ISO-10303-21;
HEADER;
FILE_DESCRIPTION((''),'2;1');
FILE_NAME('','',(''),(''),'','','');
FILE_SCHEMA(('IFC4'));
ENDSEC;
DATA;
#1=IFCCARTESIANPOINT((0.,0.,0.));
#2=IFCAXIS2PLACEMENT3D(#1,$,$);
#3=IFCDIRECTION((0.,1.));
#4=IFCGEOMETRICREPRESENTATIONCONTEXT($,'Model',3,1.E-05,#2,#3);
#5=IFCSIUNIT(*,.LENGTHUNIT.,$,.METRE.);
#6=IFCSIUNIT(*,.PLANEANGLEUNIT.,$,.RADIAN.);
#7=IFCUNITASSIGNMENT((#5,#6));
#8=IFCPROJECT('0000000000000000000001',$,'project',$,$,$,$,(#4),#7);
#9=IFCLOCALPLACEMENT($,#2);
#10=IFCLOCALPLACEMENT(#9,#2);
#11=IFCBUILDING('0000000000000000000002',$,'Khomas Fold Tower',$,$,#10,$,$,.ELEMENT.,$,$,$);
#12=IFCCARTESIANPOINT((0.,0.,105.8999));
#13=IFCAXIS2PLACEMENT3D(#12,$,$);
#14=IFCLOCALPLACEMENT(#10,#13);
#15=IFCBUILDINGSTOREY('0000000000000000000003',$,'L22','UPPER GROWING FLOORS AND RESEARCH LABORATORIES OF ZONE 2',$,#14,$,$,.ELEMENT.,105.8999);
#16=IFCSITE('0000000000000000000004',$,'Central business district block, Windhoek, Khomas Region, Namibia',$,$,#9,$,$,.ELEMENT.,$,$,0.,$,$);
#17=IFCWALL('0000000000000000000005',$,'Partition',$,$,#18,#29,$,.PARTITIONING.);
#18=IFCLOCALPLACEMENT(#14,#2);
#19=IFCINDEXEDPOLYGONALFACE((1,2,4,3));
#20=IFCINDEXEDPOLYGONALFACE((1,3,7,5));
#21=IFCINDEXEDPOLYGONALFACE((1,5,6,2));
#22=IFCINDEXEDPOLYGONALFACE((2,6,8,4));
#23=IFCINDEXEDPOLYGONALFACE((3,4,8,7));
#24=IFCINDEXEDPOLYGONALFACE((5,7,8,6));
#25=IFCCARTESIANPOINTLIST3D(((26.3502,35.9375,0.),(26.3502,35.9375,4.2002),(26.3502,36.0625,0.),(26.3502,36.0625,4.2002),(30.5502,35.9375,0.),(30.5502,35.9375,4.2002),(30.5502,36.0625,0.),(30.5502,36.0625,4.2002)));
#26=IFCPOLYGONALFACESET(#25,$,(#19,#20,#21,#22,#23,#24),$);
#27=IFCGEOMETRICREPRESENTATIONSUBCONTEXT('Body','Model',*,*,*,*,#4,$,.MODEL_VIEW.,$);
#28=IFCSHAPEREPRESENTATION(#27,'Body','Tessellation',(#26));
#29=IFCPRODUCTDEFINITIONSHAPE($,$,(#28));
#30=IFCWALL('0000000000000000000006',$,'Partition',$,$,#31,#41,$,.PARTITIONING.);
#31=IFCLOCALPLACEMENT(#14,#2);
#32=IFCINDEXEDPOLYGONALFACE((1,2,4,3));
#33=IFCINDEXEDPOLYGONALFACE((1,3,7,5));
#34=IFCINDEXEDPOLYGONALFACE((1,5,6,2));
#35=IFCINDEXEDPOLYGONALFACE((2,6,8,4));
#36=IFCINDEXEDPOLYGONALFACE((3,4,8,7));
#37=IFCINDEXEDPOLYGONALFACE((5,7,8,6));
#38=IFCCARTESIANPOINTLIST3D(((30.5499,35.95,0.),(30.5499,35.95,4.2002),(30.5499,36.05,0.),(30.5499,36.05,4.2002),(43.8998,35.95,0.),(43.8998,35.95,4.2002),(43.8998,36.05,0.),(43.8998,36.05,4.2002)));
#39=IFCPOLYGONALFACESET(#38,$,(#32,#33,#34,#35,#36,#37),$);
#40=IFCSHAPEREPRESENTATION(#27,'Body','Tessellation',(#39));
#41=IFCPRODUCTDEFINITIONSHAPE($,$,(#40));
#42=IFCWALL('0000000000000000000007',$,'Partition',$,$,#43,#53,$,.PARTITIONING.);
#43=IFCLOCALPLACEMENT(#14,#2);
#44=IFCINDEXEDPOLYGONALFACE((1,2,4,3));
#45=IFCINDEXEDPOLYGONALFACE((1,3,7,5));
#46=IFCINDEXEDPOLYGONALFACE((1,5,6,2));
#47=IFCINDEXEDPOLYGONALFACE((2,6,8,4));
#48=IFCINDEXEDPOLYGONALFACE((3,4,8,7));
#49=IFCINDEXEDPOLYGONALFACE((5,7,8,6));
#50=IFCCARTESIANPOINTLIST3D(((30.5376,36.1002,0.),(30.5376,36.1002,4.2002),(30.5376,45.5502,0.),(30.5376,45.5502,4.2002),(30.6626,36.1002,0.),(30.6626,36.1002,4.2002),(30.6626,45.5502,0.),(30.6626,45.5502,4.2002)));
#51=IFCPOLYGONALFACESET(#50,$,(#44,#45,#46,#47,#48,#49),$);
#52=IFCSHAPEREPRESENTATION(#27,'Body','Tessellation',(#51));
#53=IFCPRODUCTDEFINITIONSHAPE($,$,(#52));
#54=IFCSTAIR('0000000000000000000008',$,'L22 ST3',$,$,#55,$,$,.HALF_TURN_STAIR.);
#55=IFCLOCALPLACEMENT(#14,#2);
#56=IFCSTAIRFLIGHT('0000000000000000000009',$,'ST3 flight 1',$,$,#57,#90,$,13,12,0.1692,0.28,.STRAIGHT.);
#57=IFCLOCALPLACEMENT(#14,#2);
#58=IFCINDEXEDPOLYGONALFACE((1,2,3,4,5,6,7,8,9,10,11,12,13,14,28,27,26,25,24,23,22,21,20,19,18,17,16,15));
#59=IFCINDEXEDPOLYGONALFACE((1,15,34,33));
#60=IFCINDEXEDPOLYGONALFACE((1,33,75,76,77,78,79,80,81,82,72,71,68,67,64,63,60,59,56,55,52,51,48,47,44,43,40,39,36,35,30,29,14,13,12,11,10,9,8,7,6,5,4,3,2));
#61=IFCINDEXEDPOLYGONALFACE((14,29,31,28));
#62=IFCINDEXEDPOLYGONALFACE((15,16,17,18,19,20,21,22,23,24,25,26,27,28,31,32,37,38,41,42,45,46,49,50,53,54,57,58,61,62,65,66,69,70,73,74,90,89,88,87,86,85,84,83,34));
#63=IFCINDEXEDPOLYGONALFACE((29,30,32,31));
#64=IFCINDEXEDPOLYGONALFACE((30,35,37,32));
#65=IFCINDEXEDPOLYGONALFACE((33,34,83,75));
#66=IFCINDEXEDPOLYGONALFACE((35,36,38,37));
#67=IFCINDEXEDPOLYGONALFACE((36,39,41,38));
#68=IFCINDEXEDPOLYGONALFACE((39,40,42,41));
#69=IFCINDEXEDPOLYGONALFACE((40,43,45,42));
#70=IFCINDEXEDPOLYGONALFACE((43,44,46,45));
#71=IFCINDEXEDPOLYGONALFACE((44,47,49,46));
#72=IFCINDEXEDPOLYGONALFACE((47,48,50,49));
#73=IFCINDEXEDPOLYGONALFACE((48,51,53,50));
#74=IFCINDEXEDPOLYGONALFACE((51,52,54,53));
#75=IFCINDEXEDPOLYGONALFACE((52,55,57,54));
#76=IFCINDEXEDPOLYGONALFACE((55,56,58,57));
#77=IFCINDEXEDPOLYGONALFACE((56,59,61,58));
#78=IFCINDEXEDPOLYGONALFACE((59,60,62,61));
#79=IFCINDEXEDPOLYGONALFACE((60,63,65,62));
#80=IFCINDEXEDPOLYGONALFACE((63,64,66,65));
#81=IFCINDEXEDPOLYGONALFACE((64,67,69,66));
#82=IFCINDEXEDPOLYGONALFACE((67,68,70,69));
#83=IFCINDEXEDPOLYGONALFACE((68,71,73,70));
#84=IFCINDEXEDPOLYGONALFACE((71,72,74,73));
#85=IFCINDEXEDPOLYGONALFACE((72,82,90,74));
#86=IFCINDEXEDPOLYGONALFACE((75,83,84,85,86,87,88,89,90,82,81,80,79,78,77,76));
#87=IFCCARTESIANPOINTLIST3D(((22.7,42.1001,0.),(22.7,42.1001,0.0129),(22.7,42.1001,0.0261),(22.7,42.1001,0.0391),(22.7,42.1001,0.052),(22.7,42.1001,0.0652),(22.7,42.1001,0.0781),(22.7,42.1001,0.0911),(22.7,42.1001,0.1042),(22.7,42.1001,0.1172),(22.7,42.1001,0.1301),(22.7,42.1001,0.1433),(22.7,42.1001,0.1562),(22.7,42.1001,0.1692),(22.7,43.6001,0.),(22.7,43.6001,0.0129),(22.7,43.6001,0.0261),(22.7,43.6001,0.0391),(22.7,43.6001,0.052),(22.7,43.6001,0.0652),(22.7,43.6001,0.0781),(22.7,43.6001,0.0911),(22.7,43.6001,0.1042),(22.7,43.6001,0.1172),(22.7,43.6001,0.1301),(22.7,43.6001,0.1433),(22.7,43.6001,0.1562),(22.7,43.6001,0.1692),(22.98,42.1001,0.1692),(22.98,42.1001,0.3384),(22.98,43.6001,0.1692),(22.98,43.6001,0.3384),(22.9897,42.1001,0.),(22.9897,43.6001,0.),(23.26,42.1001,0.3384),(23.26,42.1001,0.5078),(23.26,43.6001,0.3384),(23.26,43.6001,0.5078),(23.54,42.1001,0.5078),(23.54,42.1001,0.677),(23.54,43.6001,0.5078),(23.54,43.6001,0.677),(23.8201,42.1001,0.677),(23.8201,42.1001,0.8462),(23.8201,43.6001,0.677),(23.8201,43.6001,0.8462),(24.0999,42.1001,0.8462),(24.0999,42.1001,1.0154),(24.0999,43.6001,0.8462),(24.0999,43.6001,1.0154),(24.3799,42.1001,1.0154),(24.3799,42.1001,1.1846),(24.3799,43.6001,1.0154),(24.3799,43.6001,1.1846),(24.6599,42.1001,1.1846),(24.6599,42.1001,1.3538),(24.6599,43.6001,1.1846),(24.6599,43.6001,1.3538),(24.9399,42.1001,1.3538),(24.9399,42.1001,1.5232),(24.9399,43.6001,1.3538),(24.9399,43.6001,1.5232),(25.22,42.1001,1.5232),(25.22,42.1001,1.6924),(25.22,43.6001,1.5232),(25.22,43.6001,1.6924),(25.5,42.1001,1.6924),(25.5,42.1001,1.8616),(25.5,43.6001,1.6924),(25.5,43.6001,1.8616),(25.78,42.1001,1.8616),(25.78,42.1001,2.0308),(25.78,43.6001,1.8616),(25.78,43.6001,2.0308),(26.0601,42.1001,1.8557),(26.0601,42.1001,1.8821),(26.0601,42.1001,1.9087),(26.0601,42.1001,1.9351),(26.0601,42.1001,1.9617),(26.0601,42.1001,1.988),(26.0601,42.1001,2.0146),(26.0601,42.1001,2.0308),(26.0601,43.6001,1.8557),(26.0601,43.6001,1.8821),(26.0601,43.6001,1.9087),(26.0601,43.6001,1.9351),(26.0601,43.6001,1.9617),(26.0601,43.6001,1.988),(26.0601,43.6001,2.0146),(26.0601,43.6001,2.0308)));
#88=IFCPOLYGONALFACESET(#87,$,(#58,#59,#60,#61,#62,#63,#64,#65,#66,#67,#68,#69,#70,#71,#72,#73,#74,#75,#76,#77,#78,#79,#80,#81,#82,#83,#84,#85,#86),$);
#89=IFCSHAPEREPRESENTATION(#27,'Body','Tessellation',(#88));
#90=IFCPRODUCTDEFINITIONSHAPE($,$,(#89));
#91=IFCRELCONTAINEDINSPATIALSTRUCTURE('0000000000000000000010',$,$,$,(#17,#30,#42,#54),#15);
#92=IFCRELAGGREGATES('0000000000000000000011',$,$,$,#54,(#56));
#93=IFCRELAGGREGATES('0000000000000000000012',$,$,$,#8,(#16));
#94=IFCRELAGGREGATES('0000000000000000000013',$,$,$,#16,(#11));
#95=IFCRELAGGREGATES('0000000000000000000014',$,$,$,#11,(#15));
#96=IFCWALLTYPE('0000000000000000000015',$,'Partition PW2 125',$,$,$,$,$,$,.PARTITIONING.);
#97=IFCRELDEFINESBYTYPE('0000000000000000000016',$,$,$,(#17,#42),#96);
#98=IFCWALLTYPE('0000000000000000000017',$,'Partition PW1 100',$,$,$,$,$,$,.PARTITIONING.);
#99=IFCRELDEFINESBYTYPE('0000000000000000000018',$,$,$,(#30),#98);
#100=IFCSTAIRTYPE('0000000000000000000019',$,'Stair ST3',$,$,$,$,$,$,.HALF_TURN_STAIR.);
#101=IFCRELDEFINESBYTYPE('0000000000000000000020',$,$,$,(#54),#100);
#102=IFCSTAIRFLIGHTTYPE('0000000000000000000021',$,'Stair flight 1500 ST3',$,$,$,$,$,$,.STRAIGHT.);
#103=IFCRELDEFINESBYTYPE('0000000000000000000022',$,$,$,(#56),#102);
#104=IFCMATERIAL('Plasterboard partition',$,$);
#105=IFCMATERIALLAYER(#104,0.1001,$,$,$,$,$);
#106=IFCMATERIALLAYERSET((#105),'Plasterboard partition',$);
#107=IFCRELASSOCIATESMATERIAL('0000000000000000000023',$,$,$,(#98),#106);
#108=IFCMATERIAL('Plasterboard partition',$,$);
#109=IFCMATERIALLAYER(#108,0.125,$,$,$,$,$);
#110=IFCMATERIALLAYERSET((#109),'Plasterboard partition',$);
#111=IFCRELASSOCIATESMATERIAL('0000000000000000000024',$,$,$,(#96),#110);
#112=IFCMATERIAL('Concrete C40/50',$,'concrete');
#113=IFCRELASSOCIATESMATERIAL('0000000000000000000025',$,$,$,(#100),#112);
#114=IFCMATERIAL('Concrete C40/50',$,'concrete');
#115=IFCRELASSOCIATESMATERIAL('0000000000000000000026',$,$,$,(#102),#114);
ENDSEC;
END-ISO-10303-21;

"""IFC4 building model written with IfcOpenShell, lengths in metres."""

from ifc_helpers import new_model, si_unit, direction, frame, frame_2d, origin, place, context, subcontext, project, spatial, polyline, rectangle, outline, extrude, source, transform, mapped, material, layer, layer_set, type_object, element, aggregate, save


model = new_model("IFC4")

# Units and contexts
model_context = context("Model", 3, precision=1e-05, world=origin(), true_north=direction((0.0, 1.0)))
body_context = subcontext(model_context, "Body", "Model", "MODEL_VIEW")
ifc_project = project(units=[si_unit("LENGTHUNIT", "METRE"), si_unit("PLANEANGLEUNIT", "RADIAN")], contexts=[model_context])

# Site, building, storey
site_placement = place(None, origin())
site = spatial("IfcSite", under=ifc_project, at=site_placement, Name="Central business district block, Windhoek, Khomas Region, Namibia", CompositionType="ELEMENT", RefElevation=0.0)
building_placement = place(site_placement, origin())
building = spatial("IfcBuilding", under=site, at=building_placement, Name="Khomas Fold Tower", CompositionType="ELEMENT")
storey_placement = place(building_placement, frame((0.0, 0.0, 105.8999)))
storey = spatial("IfcBuildingStorey", under=building, at=storey_placement, Name="L22", Description="UPPER GROWING FLOORS AND RESEARCH LABORATORIES OF ZONE 2", CompositionType="ELEMENT", Elevation=105.8999)

# Walls
ifc_material_1 = material(Name="Plasterboard partition")
ifc_layer_1 = layer(ifc_material_1, 0.1001)
ifc_layer_set_1 = layer_set([ifc_layer_1], Name="Plasterboard partition")
wall_type_1 = type_object("IfcWallType", Name="Partition PW1 100", PredefinedType="PARTITIONING", material=ifc_layer_set_1)
ifc_material_2 = material(Name="Plasterboard partition")
ifc_layer_2 = layer(ifc_material_2, 0.125)
ifc_layer_set_2 = layer_set([ifc_layer_2], Name="Plasterboard partition")
wall_type_2 = type_object("IfcWallType", Name="Partition PW2 125", PredefinedType="PARTITIONING", material=ifc_layer_set_2)
shared_shape_1 = source(origin(), body_context, "Body", "SweptSolid", [
    extrude(rectangle(XDim=4.2, YDim=0.125, at=frame_2d((2.1001, 0.0))), origin(), (0.0, 0.0, 1.0), 4.2002),
])
wall_1_placement = place(storey_placement, frame((26.3501, 36.0, 0.0), z_axis=(0.0, 0.0, 1.0), x_axis=(1.0, 0.0, 0.0)))
element("IfcWall", 1, at=wall_1_placement, inside=storey, type_object=wall_type_2, Name="Partition", PredefinedType="PARTITIONING", context=body_context, shape_type="MappedRepresentation", body=[
    mapped(shared_shape_1, transform((0.0, 0.0, 0.0))),
])
shared_shape_2 = source(origin(), body_context, "Body", "SweptSolid", [
    extrude(rectangle(XDim=13.3499, YDim=0.1001, at=frame_2d((6.6748, 0.0))), origin(), (0.0, 0.0, 1.0), 4.2002),
])
wall_2_placement = place(storey_placement, frame((30.55, 36.0, 0.0), z_axis=(0.0, 0.0, 1.0), x_axis=(1.0, 0.0, 0.0)))
element("IfcWall", 2, at=wall_2_placement, inside=storey, type_object=wall_type_1, Name="Partition", PredefinedType="PARTITIONING", context=body_context, shape_type="MappedRepresentation", body=[
    mapped(shared_shape_2, transform((0.0, 0.0, 0.0))),
])
shared_shape_3 = source(origin(), body_context, "Body", "SweptSolid", [
    extrude(rectangle(XDim=9.45, YDim=0.125, at=frame_2d((4.7251, 0.0))), origin(), (0.0, 0.0, 1.0), 4.2002),
])
wall_3_placement = place(storey_placement, frame((30.6001, 36.1001, 0.0), z_axis=(0.0, 0.0, 1.0), x_axis=(0.0, 1.0, 0.0)))
element("IfcWall", 3, at=wall_3_placement, inside=storey, type_object=wall_type_2, Name="Partition", PredefinedType="PARTITIONING", context=body_context, shape_type="MappedRepresentation", body=[
    mapped(shared_shape_3, transform((0.0, 0.0, 0.0))),
])

# Stair, stair flight
ifc_material_3 = material(Name="Concrete C40/50", Category="concrete")
stair_type = type_object("IfcStairType", Name="Stair ST3", PredefinedType="HALF_TURN_STAIR", material=ifc_material_3)
stair_placement = place(storey_placement, origin())
stair = element("IfcStair", 4, at=stair_placement, inside=storey, type_object=stair_type, Name="L22 ST3", PredefinedType="HALF_TURN_STAIR")
ifc_material_4 = material(Name="Concrete C40/50", Category="concrete")
stair_flight_type = type_object("IfcStairFlightType", Name="Stair flight 1500 ST3", PredefinedType="STRAIGHT", material=ifc_material_4)
shared_shape_4 = source(origin(), body_context, "Body", "SweptSolid", [
    extrude(outline(polyline([(0.0, 0.0), (0.0, 0.0129), (0.0, 0.0261), (0.0, 0.0391), (0.0, 0.052), (0.0, 0.0652), (0.0, 0.0781), (0.0, 0.0911), (0.0, 0.1042), (0.0, 0.1172), (0.0, 0.1301), (0.0, 0.1433), (0.0, 0.1562), (0.0, 0.1692), (0.28, 0.1692), (0.28, 0.3384), (0.5601, 0.3384), (0.5601, 0.5078), (0.8401, 0.5078), (0.8401, 0.677), (1.1201, 0.677), (1.1201, 0.8462), (1.3999, 0.8462), (1.3999, 1.0154), (1.6799, 1.0154), (1.6799, 1.1846), (1.96, 1.1846), (1.96, 1.3538), (2.24, 1.3538), (2.24, 1.5232), (2.52, 1.5232), (2.52, 1.6924), (2.8, 1.6924), (2.8, 1.8616), (3.0801, 1.8616), (3.0801, 2.0308), (3.3601, 2.0308), (3.3601, 2.2), (3.3601, 2.1736), (3.3601, 2.147), (3.3601, 2.1206), (3.3601, 2.094), (3.3601, 2.0676), (3.3601, 2.041), (3.3601, 2.0146), (3.3601, 1.988), (3.3601, 1.9617), (3.3601, 1.9351), (3.3601, 1.9087), (3.3601, 1.8821), (3.3601, 1.8557), (0.2898, 0.0), (0.0, 0.0)])), frame((0.0, 0.75, 0.0), z_axis=(0.0, -1.0, 0.0), x_axis=(1.0, 0.0, 0.0)), (0.0, 0.0, 1.0), 1.5),
])
stair_flight_placement = place(storey_placement, frame((22.7, 42.8501, 0.0), z_axis=(0.0, 0.0, 1.0), x_axis=(1.0, 0.0, 0.0)))
stair_flight = element("IfcStairFlight", 5, at=stair_flight_placement, type_object=stair_flight_type, Name="ST3 flight 1", NumberOfRisers=13, NumberOfTreads=12, PredefinedType="STRAIGHT", RiserHeight=0.1692, TreadLength=0.28, context=body_context, shape_type="MappedRepresentation", body=[
    mapped(shared_shape_4, transform((0.0, 0.0, 0.0))),
])
aggregate(stair, [stair_flight])

save(model, "model.ifc")
